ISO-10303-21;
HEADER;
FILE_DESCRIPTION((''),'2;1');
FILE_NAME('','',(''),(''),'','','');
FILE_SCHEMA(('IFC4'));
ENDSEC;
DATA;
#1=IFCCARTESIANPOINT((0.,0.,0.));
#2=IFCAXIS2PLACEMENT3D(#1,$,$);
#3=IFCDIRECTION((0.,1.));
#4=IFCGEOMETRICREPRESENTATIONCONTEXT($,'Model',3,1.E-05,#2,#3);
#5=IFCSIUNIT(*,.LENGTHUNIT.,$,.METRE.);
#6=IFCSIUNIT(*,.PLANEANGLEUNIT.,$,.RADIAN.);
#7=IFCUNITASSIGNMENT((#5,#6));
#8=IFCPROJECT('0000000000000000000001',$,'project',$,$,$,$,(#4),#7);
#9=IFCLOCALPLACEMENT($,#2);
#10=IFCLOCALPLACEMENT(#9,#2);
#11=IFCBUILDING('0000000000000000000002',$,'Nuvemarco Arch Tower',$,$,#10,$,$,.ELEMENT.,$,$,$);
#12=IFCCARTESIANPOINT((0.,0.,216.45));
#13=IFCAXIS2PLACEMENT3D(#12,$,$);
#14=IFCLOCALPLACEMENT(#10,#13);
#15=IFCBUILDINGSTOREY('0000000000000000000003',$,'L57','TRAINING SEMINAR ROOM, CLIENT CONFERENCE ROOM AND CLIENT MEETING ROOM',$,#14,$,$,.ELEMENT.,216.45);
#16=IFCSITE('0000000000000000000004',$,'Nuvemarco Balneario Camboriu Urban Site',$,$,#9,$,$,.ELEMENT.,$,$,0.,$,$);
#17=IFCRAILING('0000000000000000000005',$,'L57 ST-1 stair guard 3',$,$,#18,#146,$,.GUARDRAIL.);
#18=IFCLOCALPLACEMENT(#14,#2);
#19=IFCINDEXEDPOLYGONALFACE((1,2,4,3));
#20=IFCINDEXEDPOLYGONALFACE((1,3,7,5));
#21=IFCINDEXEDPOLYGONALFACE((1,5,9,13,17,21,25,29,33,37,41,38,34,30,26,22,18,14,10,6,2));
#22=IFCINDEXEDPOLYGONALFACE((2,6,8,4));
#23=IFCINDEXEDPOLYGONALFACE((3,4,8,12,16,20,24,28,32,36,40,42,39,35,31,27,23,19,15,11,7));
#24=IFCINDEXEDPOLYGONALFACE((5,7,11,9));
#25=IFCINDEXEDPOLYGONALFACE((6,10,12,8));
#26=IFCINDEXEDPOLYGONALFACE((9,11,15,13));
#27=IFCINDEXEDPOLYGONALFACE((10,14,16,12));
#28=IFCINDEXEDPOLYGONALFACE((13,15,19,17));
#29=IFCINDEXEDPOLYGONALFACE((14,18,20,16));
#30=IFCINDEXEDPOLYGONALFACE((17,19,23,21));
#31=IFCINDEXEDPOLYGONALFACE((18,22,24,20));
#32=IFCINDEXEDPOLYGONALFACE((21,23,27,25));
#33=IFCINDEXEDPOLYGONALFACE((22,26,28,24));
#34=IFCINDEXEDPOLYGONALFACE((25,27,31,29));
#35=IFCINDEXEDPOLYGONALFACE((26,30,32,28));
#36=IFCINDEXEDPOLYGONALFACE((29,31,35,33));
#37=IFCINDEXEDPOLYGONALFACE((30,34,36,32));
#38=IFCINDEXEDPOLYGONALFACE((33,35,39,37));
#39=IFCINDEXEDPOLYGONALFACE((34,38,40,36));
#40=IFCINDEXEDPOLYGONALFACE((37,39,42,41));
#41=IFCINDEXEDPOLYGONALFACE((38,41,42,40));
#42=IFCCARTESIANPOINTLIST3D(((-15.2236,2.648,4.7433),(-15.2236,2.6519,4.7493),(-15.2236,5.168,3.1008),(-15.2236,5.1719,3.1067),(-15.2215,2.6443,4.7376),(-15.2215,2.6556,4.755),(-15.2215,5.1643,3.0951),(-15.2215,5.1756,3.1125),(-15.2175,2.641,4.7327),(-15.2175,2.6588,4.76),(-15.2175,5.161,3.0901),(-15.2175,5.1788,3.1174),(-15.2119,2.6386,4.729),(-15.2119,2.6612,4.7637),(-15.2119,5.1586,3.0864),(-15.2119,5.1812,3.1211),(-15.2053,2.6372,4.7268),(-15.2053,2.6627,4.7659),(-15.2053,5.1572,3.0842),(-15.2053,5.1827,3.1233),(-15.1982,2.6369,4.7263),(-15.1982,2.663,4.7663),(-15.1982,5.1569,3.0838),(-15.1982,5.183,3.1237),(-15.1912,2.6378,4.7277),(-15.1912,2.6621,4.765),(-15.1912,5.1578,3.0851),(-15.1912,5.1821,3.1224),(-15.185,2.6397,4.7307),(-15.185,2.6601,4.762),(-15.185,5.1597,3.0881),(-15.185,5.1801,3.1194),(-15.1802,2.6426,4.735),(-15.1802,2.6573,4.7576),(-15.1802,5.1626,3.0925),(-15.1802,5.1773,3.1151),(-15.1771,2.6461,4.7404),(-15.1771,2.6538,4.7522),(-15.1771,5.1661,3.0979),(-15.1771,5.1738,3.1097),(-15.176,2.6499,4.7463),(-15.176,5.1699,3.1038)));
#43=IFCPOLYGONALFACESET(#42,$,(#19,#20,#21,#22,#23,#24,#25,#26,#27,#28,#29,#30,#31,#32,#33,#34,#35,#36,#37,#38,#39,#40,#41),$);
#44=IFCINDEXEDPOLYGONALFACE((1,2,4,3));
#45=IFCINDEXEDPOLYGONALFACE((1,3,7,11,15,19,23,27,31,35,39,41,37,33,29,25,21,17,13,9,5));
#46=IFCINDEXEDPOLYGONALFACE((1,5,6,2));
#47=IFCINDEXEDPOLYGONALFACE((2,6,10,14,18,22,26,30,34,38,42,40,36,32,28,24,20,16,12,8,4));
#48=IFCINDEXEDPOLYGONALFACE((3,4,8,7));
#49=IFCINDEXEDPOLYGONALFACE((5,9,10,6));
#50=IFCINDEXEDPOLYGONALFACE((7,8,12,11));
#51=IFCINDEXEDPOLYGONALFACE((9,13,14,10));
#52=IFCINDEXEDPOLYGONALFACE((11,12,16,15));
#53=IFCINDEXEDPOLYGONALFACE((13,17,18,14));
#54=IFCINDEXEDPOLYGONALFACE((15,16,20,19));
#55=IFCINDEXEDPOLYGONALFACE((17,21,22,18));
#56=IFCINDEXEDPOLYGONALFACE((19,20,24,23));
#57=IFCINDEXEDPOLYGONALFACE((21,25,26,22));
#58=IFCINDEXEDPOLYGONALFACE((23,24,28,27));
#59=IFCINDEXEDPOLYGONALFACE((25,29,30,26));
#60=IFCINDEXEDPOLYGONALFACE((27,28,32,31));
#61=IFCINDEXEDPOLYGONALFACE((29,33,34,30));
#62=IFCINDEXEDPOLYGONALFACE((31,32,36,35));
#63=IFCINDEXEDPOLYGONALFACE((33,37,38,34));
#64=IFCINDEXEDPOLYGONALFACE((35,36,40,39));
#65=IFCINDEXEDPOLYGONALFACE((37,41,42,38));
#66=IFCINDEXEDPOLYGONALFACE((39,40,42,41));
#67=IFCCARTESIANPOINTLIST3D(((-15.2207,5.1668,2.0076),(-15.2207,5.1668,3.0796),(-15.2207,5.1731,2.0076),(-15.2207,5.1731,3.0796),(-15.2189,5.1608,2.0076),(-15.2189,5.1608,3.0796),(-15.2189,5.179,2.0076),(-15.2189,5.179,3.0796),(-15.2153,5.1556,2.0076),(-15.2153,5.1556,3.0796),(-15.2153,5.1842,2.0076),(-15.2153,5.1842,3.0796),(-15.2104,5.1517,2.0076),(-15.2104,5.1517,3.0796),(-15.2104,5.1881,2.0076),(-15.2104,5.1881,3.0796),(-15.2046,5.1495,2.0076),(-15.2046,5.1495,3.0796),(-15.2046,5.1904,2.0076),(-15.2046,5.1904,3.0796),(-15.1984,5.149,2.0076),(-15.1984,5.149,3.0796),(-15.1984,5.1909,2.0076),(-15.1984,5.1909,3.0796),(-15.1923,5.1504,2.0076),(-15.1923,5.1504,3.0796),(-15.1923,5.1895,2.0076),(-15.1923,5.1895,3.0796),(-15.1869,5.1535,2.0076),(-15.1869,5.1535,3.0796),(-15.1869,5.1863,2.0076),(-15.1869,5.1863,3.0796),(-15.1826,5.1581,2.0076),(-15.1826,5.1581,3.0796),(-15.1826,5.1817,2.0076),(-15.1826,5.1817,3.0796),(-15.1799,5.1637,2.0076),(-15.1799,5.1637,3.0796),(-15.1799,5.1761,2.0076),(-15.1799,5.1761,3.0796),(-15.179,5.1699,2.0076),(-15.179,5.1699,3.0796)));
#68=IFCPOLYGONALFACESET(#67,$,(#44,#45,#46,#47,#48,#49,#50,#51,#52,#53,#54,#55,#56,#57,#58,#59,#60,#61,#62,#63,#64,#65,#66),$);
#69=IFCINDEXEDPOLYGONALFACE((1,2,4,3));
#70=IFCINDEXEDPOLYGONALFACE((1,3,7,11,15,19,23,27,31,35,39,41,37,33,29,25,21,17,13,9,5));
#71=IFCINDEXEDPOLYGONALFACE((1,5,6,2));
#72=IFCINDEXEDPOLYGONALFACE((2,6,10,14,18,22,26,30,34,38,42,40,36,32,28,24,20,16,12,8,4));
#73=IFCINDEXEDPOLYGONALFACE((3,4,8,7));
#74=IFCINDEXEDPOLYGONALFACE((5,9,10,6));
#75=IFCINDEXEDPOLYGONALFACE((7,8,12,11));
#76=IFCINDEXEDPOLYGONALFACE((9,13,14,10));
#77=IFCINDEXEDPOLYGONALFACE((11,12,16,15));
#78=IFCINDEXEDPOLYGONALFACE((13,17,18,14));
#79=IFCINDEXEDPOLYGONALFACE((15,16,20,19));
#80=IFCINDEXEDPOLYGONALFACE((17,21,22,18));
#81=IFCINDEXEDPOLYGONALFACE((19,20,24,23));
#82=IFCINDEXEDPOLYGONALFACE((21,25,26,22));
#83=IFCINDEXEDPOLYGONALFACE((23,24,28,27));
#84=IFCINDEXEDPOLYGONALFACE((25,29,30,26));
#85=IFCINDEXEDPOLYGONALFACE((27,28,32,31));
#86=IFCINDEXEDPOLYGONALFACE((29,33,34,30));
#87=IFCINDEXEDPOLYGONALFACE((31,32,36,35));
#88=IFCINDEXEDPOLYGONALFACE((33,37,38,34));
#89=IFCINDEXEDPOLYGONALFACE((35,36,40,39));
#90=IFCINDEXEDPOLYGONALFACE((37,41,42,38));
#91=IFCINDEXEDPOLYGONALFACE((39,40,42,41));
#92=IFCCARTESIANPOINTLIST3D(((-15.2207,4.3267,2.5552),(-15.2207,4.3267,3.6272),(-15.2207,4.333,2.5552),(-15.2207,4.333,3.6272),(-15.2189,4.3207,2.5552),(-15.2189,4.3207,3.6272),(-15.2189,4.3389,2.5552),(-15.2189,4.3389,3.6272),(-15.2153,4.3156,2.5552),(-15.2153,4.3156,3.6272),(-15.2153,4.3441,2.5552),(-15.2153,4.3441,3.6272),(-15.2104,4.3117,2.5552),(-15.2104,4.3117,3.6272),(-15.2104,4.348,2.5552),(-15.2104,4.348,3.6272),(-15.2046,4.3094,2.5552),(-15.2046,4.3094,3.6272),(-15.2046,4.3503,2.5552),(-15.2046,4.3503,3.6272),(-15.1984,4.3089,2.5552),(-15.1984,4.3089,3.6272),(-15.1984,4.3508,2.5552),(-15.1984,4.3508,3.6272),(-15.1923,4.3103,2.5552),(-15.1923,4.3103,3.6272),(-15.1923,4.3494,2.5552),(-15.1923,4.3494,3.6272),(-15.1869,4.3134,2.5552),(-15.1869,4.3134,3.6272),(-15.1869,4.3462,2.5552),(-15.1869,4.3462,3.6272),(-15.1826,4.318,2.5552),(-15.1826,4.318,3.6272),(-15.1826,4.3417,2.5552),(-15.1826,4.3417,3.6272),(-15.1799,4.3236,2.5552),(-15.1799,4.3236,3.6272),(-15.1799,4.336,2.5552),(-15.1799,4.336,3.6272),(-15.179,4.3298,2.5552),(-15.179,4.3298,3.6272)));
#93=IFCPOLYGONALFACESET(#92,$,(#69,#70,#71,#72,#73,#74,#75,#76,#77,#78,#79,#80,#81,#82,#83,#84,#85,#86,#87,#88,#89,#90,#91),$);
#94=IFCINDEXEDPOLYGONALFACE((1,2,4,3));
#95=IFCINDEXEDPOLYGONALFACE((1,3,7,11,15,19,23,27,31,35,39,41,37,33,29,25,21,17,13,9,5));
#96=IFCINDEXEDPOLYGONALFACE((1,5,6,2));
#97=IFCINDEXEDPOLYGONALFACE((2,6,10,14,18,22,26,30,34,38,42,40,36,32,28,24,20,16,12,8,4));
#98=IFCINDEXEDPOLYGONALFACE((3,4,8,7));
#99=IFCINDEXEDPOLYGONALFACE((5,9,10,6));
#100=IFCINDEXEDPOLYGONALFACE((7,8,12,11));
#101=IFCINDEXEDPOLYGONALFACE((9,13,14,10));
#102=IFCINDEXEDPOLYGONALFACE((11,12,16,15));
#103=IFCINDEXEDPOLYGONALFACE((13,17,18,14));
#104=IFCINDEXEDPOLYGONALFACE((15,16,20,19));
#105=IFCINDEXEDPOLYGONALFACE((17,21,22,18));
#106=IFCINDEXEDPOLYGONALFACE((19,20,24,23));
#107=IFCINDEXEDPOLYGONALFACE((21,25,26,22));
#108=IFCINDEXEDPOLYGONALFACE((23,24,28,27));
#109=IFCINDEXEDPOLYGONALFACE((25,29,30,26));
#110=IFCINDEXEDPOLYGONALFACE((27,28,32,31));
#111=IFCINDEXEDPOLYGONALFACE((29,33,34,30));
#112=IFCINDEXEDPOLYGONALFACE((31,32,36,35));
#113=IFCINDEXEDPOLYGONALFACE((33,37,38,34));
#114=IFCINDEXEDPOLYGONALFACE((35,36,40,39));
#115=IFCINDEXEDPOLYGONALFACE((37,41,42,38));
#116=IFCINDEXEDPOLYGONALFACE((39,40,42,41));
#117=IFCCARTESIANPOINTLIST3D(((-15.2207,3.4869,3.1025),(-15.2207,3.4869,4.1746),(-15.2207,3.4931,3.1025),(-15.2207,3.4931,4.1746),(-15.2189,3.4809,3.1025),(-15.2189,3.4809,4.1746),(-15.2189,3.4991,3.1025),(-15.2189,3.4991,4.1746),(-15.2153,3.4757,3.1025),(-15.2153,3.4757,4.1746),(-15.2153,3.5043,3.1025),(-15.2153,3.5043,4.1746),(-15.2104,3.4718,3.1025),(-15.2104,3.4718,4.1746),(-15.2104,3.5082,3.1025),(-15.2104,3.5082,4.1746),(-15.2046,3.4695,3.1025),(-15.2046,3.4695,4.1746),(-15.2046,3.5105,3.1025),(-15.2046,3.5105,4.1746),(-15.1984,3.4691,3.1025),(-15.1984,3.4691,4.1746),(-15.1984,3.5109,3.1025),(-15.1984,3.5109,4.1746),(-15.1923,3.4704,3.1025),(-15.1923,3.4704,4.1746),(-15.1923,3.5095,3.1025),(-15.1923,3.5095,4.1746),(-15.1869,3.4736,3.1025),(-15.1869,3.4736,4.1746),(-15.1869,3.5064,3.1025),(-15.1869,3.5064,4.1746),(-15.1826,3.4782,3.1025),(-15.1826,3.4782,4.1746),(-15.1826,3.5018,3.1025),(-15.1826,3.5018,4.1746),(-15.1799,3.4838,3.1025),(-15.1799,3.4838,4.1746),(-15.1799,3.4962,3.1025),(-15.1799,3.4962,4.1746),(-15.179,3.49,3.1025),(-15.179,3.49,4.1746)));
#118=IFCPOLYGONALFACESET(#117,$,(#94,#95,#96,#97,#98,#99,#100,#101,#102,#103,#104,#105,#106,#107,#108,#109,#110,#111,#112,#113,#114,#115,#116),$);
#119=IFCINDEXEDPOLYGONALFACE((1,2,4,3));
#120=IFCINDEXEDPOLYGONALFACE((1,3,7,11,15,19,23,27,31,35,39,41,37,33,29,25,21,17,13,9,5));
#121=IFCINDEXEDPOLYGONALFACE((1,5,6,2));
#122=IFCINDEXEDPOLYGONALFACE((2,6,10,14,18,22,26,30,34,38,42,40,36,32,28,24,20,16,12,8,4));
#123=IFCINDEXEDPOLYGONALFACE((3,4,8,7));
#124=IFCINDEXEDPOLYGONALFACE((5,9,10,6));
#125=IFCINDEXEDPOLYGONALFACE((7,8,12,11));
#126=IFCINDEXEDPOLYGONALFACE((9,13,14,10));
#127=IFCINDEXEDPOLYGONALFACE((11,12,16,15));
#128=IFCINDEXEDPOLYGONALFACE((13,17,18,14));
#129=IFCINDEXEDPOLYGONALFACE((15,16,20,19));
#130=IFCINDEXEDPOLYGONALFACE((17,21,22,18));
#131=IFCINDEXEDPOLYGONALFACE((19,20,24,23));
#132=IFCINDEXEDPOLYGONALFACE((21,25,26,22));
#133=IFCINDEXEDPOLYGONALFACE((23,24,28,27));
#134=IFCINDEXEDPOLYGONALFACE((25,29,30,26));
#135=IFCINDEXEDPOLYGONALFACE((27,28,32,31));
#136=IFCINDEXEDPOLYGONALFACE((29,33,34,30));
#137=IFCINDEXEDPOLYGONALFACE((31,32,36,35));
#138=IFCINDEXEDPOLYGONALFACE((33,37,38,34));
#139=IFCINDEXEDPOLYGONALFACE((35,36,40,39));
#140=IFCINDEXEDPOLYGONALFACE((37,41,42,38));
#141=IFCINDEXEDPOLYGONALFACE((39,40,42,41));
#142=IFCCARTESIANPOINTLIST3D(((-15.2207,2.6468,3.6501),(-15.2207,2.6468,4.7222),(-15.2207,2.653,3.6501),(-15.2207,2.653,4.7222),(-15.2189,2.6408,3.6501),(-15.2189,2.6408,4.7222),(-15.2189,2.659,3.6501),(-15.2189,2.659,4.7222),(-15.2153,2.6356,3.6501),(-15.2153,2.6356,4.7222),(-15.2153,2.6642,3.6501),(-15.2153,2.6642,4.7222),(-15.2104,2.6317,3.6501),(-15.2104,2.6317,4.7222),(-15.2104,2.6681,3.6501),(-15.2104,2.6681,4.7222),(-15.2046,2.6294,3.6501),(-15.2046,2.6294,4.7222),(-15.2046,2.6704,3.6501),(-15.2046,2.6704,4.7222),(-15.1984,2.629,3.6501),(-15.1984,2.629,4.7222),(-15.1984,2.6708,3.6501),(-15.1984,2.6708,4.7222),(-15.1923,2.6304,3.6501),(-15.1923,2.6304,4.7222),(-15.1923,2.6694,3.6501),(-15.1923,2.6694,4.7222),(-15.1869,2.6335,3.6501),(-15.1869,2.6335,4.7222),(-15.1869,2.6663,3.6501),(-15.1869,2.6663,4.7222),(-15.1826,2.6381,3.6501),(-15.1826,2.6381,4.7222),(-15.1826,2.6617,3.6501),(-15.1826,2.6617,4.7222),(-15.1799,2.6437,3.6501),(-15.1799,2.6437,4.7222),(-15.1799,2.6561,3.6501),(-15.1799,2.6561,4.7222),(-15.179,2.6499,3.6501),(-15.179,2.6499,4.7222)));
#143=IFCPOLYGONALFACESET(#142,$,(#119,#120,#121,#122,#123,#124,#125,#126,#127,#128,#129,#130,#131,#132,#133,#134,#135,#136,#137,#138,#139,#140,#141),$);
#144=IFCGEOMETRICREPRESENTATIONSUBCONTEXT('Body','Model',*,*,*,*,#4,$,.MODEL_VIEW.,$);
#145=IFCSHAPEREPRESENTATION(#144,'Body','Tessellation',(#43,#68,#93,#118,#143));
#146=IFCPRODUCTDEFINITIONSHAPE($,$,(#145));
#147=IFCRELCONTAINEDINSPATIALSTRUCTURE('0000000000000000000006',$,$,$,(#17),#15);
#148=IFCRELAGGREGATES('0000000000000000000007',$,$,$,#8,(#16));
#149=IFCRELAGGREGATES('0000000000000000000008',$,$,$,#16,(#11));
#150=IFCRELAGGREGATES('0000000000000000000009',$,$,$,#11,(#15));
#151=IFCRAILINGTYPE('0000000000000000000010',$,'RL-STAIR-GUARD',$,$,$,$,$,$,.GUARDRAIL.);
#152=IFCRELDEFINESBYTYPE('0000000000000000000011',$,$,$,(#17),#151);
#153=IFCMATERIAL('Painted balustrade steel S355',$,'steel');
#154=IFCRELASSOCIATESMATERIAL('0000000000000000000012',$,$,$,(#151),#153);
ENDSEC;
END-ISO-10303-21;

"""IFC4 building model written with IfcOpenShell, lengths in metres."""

from ifc_helpers import new_model, si_unit, direction, frame, origin, origin_2d, place, context, subcontext, project, spatial, circle, extrude, material, type_object, element, save


model = new_model("IFC4")

# Units and contexts
model_context = context("Model", 3, precision=1e-05, world=origin(), true_north=direction((0.0, 1.0)))
body_context = subcontext(model_context, "Body", "Model", "MODEL_VIEW")
ifc_project = project(units=[si_unit("LENGTHUNIT", "METRE"), si_unit("PLANEANGLEUNIT", "RADIAN")], contexts=[model_context])

# Site, building, storey
site_placement = place(None, origin())
site = spatial("IfcSite", under=ifc_project, at=site_placement, Name="Nuvemarco Balneario Camboriu Urban Site", CompositionType="ELEMENT", RefElevation=0.0)
building_placement = place(site_placement, origin())
building = spatial("IfcBuilding", under=site, at=building_placement, Name="Nuvemarco Arch Tower", CompositionType="ELEMENT")
storey_placement = place(building_placement, frame((0.0, 0.0, 216.45)))
storey = spatial("IfcBuildingStorey", under=building, at=storey_placement, Name="L57", Description="TRAINING SEMINAR ROOM, CLIENT CONFERENCE ROOM AND CLIENT MEETING ROOM", CompositionType="ELEMENT", Elevation=216.45)

# Railing
ifc_material_1 = material(Name="Painted balustrade steel S355", Category="steel")
railing_type_1 = type_object("IfcRailingType", Name="RL-STAIR-GUARD", PredefinedType="GUARDRAIL", material=ifc_material_1)
railing_1_placement = place(storey_placement, frame((-15.2, 5.1699, 2.0076)))
element("IfcRailing", 1, at=railing_1_placement, inside=storey, type_object=railing_type_1, Name="L57 ST-1 stair guard 3", PredefinedType="GUARDRAIL", context=body_context, shape_type="SweptSolid", body=[
    extrude(circle(Radius=0.0239, at=origin_2d()), frame((0.0, 0.0, 1.0962), z_axis=(0.0, -0.837749, 0.546055), x_axis=(1.0, 0.0, 0.0)), (0.0, 0.0, 1.0), 3.0081),
    extrude(circle(Radius=0.021, at=origin_2d()), origin(), (0.0, 0.0, 1.0), 1.072),
    extrude(circle(Radius=0.021, at=origin_2d()), frame((0.0, -0.8401, 0.5476)), (0.0, 0.0, 1.0), 1.072),
    extrude(circle(Radius=0.021, at=origin_2d()), frame((0.0, -1.6799, 1.095)), (0.0, 0.0, 1.0), 1.072),
    extrude(circle(Radius=0.021, at=origin_2d()), frame((0.0, -2.52, 1.6426)), (0.0, 0.0, 1.0), 1.072),
])

save(model, "model.ifc")
